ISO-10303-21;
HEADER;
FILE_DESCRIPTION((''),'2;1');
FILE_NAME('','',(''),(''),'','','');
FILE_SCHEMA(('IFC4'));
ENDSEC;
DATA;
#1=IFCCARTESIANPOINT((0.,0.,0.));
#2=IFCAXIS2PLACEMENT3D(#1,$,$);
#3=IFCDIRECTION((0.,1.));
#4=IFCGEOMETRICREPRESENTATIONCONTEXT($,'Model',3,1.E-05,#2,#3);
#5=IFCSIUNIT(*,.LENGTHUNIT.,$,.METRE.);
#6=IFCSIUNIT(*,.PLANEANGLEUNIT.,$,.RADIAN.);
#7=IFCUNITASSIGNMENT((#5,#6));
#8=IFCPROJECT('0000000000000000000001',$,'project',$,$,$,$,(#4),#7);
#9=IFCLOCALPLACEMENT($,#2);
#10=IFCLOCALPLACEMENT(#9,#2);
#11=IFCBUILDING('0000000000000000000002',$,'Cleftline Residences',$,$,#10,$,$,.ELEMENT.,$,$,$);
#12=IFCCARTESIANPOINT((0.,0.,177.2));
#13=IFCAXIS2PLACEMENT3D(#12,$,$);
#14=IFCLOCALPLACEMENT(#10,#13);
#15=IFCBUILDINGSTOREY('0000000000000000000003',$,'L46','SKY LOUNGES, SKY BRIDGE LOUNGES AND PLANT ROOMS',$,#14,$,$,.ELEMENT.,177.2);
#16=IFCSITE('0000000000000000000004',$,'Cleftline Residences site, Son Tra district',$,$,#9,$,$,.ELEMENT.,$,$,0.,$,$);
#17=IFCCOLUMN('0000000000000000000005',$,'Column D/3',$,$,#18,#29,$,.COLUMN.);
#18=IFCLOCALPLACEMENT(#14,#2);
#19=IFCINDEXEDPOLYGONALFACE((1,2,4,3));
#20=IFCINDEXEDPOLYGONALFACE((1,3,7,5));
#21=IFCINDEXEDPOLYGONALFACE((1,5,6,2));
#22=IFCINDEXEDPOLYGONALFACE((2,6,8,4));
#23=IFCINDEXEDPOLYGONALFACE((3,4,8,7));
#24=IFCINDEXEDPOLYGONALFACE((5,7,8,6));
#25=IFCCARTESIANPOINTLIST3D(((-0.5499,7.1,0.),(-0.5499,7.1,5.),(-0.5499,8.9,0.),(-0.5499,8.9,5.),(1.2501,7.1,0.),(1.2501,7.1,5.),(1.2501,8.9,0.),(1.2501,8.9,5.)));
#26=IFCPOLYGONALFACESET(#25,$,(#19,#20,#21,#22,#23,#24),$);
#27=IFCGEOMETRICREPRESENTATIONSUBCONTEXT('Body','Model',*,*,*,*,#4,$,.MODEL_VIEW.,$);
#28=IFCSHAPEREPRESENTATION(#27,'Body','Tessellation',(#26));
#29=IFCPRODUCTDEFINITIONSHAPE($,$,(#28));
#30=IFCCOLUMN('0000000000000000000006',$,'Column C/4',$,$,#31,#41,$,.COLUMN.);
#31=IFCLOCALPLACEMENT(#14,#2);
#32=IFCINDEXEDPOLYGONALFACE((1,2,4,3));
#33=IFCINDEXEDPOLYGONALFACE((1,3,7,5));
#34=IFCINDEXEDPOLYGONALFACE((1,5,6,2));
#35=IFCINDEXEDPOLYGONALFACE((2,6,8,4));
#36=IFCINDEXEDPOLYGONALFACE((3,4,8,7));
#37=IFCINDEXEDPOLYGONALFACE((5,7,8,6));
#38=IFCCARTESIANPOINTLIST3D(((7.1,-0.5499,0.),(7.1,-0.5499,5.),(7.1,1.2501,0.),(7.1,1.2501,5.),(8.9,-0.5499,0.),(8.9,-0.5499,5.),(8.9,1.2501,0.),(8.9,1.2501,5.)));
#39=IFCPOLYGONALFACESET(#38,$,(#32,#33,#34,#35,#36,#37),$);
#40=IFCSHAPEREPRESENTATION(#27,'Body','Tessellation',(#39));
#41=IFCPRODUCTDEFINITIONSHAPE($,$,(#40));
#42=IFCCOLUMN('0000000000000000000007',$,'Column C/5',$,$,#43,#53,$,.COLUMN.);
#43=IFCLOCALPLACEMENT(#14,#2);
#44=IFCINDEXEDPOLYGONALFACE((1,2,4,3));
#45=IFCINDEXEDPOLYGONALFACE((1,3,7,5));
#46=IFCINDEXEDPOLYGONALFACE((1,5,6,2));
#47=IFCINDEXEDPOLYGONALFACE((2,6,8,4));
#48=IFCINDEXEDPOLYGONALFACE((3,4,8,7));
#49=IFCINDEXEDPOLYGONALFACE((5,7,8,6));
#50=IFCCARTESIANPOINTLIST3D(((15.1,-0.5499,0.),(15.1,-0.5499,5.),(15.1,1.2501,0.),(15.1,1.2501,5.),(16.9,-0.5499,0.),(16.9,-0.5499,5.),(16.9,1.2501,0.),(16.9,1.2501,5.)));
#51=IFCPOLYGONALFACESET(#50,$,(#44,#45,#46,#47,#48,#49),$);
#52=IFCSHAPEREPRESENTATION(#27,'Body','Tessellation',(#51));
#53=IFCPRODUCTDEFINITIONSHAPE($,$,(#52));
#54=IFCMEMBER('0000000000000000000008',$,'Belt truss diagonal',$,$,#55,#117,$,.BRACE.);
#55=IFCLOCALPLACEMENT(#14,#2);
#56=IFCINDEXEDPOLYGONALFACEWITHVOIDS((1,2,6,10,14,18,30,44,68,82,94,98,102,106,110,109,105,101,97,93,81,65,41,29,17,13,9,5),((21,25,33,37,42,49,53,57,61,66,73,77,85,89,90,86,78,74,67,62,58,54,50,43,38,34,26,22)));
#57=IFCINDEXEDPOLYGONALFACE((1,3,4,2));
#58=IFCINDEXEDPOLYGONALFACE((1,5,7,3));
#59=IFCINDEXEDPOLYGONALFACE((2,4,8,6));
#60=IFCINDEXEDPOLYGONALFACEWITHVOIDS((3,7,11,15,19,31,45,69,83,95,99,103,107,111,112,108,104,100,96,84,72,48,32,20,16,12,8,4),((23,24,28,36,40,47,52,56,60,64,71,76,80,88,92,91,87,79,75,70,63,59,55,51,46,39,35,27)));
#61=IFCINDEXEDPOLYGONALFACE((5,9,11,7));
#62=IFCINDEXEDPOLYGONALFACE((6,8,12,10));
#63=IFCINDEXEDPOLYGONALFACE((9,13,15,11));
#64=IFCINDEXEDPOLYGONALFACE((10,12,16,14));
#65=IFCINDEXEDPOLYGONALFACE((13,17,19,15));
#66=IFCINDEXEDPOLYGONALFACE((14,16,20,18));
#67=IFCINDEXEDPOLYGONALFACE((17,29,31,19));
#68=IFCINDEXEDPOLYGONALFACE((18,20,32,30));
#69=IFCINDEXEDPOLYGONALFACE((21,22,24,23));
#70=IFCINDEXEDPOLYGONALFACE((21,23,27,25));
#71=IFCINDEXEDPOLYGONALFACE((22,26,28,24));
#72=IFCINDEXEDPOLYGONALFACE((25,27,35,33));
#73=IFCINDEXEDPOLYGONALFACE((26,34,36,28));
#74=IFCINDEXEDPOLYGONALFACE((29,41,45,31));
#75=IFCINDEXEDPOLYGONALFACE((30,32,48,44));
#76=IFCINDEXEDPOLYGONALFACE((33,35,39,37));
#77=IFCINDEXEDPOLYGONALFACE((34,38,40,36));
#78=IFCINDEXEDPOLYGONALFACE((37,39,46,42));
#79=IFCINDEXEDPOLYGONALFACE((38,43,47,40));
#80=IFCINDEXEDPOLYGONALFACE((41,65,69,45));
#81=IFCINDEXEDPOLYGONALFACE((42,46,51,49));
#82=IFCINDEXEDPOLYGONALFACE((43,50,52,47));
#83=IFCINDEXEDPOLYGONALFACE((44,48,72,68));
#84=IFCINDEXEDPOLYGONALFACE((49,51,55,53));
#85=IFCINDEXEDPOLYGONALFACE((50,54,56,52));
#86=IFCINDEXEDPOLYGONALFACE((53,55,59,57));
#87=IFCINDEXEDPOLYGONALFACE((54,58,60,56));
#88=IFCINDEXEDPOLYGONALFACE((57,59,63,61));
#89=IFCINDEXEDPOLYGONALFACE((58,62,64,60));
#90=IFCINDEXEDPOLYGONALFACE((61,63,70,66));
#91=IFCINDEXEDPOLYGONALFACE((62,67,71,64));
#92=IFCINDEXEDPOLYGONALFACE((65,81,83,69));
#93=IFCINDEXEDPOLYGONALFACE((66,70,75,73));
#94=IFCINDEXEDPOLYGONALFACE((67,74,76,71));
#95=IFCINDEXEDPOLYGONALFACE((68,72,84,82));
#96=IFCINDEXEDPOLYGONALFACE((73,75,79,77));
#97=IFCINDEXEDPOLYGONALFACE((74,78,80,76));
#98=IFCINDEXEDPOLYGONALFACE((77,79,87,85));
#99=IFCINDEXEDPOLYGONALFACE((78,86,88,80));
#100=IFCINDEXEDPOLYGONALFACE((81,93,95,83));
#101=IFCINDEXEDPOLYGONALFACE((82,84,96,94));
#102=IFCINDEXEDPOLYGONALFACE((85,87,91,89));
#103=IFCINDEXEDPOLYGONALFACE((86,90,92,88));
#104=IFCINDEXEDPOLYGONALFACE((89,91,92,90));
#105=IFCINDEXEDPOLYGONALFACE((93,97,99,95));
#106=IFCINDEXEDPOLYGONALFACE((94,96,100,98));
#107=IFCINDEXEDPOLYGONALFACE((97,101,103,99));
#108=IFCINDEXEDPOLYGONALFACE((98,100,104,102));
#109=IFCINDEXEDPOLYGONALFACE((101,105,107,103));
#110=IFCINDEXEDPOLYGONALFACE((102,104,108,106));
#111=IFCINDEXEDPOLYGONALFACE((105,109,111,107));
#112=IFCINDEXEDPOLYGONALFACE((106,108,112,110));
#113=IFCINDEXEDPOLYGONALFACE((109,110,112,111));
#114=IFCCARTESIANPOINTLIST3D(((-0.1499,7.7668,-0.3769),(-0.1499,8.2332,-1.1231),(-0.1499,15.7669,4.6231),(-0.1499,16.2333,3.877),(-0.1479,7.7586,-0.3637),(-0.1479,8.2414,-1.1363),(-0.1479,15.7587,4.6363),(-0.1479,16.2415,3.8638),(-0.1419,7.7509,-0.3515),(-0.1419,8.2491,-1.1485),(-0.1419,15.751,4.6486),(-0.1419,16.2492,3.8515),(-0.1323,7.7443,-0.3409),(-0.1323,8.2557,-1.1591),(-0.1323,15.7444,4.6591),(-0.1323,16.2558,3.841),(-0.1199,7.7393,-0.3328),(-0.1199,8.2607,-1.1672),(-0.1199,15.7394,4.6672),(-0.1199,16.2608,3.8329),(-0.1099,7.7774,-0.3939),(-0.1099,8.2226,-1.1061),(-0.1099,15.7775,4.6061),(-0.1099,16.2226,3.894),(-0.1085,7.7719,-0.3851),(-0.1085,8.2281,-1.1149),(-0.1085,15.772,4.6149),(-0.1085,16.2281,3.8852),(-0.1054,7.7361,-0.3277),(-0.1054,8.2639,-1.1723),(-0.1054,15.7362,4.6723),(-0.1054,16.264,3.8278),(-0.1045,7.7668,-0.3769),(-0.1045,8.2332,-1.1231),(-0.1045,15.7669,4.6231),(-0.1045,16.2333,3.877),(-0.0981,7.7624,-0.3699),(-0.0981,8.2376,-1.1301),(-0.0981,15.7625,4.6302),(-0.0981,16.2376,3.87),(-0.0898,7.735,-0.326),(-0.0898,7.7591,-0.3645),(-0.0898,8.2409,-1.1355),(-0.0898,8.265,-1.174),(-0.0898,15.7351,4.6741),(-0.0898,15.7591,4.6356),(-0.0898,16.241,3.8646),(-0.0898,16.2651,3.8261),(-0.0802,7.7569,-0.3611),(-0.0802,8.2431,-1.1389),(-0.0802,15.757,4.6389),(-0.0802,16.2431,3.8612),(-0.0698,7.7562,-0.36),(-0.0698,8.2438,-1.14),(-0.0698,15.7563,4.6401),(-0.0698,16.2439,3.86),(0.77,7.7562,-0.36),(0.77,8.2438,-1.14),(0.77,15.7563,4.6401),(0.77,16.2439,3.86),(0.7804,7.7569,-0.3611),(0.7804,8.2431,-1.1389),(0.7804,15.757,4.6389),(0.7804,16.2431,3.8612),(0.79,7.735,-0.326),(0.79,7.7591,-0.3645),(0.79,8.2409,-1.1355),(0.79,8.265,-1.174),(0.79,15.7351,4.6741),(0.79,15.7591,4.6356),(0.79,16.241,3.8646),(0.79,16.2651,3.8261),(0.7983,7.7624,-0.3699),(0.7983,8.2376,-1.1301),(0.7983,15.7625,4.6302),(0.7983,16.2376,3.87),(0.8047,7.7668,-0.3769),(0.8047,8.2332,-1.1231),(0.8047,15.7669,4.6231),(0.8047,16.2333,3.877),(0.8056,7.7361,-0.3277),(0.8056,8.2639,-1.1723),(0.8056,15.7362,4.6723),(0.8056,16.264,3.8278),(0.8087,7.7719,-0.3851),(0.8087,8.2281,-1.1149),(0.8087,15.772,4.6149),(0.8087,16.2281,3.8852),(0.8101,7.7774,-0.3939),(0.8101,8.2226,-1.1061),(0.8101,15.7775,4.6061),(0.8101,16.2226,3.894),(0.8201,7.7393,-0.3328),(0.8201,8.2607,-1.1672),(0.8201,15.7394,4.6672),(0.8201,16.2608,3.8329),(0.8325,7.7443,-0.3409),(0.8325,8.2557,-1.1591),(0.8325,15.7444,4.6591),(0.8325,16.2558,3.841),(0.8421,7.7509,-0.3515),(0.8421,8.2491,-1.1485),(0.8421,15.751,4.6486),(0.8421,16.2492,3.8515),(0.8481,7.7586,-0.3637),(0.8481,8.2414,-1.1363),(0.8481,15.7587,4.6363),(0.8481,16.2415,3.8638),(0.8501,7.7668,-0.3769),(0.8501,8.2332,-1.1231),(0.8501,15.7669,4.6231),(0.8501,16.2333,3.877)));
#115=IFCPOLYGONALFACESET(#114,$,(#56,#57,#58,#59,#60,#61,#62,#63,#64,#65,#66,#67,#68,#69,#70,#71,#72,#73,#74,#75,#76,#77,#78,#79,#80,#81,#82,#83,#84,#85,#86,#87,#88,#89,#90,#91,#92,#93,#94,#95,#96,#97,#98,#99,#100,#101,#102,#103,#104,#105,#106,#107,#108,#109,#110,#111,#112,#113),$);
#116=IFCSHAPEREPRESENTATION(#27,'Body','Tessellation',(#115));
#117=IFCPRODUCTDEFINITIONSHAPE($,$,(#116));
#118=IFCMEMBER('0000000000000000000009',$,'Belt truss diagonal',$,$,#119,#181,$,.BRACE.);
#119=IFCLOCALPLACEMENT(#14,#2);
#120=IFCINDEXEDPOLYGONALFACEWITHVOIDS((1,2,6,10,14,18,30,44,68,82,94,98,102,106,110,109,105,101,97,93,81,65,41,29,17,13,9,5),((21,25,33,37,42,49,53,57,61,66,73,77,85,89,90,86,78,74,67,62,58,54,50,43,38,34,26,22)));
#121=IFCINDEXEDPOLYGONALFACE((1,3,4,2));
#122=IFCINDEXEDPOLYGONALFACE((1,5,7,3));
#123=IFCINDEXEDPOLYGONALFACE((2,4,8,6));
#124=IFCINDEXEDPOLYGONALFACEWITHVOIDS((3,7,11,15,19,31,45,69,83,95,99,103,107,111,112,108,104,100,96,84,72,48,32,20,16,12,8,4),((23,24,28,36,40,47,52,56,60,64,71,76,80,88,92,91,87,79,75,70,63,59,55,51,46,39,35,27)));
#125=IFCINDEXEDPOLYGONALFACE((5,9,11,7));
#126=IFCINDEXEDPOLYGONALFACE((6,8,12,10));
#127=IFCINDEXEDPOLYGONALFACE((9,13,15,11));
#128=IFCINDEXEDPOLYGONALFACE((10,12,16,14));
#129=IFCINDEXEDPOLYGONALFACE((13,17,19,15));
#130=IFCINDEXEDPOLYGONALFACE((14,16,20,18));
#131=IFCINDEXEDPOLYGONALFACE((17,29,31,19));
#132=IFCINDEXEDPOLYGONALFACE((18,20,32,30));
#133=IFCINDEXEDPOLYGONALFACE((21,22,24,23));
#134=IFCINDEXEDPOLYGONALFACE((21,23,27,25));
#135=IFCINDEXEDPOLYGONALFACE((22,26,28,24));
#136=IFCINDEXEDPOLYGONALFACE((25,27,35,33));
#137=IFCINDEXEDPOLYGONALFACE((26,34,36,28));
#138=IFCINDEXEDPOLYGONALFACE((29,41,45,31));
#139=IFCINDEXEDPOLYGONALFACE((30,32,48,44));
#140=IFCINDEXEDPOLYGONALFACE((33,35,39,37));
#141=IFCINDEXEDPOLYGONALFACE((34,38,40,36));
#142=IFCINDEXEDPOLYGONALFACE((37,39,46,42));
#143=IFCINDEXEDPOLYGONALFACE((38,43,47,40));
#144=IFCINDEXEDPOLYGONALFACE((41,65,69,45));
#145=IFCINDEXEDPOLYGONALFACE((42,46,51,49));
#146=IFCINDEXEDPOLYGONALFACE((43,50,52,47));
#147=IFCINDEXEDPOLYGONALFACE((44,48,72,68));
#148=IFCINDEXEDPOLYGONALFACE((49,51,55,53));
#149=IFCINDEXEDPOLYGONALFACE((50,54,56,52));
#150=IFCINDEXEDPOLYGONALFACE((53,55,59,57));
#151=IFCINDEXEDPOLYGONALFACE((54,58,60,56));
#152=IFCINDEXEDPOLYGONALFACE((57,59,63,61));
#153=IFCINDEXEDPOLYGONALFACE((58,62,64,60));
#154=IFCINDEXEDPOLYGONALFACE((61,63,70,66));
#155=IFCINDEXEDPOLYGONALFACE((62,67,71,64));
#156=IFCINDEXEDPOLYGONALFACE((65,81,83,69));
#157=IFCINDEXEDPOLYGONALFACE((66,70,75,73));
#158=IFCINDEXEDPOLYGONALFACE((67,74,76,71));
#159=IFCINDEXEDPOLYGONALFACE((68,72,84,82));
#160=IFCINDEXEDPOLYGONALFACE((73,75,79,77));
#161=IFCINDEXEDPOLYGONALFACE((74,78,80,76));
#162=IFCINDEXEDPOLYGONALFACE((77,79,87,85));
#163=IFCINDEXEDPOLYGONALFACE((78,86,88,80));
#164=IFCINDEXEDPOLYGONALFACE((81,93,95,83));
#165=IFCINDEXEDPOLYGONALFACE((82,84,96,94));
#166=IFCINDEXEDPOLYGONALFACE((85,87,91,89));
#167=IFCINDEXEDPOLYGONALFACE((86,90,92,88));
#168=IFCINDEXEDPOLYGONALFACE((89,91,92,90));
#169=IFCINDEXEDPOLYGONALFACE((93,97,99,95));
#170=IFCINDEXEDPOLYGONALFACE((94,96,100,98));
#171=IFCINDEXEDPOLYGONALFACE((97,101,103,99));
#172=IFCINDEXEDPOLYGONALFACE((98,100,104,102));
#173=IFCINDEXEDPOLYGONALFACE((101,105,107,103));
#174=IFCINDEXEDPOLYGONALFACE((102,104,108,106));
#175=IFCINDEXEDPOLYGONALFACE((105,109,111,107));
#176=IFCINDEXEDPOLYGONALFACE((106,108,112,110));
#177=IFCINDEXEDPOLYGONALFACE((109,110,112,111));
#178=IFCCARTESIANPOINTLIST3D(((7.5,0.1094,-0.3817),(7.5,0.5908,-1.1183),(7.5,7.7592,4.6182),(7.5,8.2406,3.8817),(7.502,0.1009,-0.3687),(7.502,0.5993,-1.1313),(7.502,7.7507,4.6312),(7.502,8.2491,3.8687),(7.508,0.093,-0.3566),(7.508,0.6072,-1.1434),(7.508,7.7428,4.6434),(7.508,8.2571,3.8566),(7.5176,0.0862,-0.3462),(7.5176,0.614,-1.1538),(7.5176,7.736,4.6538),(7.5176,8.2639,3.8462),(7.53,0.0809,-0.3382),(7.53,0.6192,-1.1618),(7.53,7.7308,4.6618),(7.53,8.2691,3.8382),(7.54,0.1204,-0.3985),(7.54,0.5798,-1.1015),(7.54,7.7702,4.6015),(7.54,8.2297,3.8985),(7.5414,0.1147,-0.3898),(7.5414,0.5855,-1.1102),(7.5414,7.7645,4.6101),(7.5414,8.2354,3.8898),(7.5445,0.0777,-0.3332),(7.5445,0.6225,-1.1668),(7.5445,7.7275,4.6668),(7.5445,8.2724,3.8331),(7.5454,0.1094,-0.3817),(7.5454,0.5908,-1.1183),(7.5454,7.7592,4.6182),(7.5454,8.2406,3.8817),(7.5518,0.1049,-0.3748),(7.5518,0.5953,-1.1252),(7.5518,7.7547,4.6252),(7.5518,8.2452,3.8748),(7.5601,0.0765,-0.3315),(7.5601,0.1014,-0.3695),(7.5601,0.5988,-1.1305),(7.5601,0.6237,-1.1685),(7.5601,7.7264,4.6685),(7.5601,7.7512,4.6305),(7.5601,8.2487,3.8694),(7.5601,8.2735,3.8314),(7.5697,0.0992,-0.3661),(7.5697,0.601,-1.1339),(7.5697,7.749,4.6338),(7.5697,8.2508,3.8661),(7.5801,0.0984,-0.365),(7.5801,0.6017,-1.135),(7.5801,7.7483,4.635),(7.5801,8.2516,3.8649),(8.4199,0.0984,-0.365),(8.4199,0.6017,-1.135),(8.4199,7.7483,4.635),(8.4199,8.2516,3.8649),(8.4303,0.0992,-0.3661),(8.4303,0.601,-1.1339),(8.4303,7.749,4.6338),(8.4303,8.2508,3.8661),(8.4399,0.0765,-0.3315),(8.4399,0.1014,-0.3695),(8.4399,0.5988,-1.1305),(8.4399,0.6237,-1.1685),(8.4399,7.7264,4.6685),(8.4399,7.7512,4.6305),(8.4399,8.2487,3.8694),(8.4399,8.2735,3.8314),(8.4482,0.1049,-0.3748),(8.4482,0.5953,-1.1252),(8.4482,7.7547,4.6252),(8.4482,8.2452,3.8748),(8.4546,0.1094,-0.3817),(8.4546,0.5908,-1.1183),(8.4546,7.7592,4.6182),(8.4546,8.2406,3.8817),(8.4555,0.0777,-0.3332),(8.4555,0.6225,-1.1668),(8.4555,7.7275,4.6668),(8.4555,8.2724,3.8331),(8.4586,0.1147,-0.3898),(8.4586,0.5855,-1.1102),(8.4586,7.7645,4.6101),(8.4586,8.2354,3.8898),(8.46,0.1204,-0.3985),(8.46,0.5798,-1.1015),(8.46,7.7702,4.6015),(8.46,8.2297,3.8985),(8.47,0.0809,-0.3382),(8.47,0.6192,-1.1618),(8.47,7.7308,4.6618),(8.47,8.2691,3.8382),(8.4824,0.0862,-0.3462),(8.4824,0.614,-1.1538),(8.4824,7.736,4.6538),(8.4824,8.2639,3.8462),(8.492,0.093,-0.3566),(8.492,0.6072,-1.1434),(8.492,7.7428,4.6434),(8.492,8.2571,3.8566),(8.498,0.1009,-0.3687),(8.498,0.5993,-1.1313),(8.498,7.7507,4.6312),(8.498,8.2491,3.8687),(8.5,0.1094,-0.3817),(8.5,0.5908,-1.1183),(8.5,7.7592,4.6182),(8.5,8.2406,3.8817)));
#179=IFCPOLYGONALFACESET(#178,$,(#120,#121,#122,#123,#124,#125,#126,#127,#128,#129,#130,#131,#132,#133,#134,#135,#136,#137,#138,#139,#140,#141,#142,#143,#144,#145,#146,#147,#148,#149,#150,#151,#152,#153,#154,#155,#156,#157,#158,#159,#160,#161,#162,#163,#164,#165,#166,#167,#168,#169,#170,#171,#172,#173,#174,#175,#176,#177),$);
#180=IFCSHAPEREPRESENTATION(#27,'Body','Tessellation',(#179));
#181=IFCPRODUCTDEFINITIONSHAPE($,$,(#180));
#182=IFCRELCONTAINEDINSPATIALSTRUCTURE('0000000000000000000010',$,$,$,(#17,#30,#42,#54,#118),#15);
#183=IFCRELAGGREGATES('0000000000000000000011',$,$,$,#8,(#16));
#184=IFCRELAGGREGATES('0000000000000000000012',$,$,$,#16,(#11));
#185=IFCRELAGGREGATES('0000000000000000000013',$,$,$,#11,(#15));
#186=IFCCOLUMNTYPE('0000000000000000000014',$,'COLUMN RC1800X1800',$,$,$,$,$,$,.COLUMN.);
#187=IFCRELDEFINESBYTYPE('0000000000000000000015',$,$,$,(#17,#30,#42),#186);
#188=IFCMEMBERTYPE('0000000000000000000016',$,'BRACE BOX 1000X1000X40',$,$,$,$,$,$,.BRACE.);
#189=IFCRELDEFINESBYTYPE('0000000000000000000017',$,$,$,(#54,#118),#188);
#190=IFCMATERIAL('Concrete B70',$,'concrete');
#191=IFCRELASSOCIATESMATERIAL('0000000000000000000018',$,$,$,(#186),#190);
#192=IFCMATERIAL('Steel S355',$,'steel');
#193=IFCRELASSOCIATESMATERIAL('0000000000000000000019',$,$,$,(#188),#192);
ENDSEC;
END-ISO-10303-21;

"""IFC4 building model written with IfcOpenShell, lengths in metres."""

from ifc_helpers import new_model, si_unit, direction, frame, origin, origin_2d, place, context, subcontext, project, spatial, rectangle, hollow_rectangle, extrude, material, material_profile, profile_set, type_object, element, save


model = new_model("IFC4")

# Units and contexts
model_context = context("Model", 3, precision=1e-05, world=origin(), true_north=direction((0.0, 1.0)))
body_context = subcontext(model_context, "Body", "Model", "MODEL_VIEW")
ifc_project = project(units=[si_unit("LENGTHUNIT", "METRE"), si_unit("PLANEANGLEUNIT", "RADIAN")], contexts=[model_context])

# Site, building, storey
site_placement = place(None, origin())
site = spatial("IfcSite", under=ifc_project, at=site_placement, Name="Cleftline Residences site, Son Tra district", CompositionType="ELEMENT", RefElevation=0.0)
building_placement = place(site_placement, origin())
building = spatial("IfcBuilding", under=site, at=building_placement, Name="Cleftline Residences", CompositionType="ELEMENT")
storey_placement = place(building_placement, frame((0.0, 0.0, 177.2)))
storey = spatial("IfcBuildingStorey", under=building, at=storey_placement, Name="L46", Description="SKY LOUNGES, SKY BRIDGE LOUNGES AND PLANT ROOMS", CompositionType="ELEMENT", Elevation=177.2)

# Columns
ifc_material_1 = material(Name="Concrete B70", Category="concrete")
ifc_material_profile_1 = material_profile(ifc_material_1, rectangle(XDim=1.8, YDim=1.8, at=origin_2d()))
ifc_profile_set_1 = profile_set([ifc_material_profile_1], Name="Concrete B70")
column_type = type_object("IfcColumnType", Name="COLUMN RC1800X1800", PredefinedType="COLUMN", material=ifc_profile_set_1)
for number, where, z_axis, x_axis, name in (
    (1, (0.3501, 8.0, 0.0), (0.0, 0.0, 1.0), (1.0, 0.0, 0.0), "Column D/3"),
    (2, (8.0, 0.3501, 0.0), (0.0, 0.0, 1.0), (1.0, 0.0, 0.0), "Column C/4"),
    (3, (16.0, 0.3501, 0.0), (0.0, 0.0, 1.0), (1.0, 0.0, 0.0), "Column C/5"),
):
    element("IfcColumn", number, at=place(storey_placement, frame(where, z_axis=z_axis, x_axis=x_axis)), inside=storey, type_object=column_type, Name=name, PredefinedType="COLUMN", context=body_context, shape_type="SweptSolid", body=[
        extrude(rectangle(XDim=1.8, YDim=1.8, at=origin_2d()), origin(), (0.0, 0.0, 1.0), 5.0),
    ])

# Members
ifc_material_2 = material(Name="Steel S355", Category="steel")
ifc_material_profile_2 = material_profile(ifc_material_2, hollow_rectangle(XDim=1.0, YDim=1.0, WallThickness=0.04, InnerFilletRadius=0.04, OuterFilletRadius=0.0601, at=origin_2d()))
ifc_profile_set_2 = profile_set([ifc_material_profile_2], Name="Steel S355")
member_type_1 = type_object("IfcMemberType", Name="BRACE BOX 1000X1000X40", PredefinedType="BRACE", material=ifc_profile_set_2)
member_1_placement = place(storey_placement, frame((0.3501, 8.0, -0.75), z_axis=(0.0, 0.847998, 0.529999), x_axis=(0.0, -0.529999, 0.847998)))
element("IfcMember", 4, at=member_1_placement, inside=storey, type_object=member_type_1, Name="Belt truss diagonal", PredefinedType="BRACE", context=body_context, shape_type="SweptSolid", body=[
    extrude(hollow_rectangle(XDim=1.0, YDim=1.0, WallThickness=0.04, InnerFilletRadius=0.04, OuterFilletRadius=0.0601, at=origin_2d()), origin(), (0.0, 0.0, 1.0), 9.4341),
])
for number, where, z_axis, x_axis, name in (
    (5, (8.0, 0.3501, -0.75), (0.0, 0.837063, 0.547107), (0.0, -0.547107, 0.837063), "Belt truss diagonal"),
):
    element("IfcMember", number, at=place(storey_placement, frame(where, z_axis=z_axis, x_axis=x_axis)), inside=storey, type_object=member_type_1, Name=name, PredefinedType="BRACE", context=body_context, shape_type="SweptSolid", body=[
        extrude(hollow_rectangle(XDim=1.0, YDim=1.0, WallThickness=0.04, InnerFilletRadius=0.04, OuterFilletRadius=0.0601, at=origin_2d()), origin(), (0.0, 0.0, 1.0), 9.1389),
    ])

save(model, "model.ifc")
